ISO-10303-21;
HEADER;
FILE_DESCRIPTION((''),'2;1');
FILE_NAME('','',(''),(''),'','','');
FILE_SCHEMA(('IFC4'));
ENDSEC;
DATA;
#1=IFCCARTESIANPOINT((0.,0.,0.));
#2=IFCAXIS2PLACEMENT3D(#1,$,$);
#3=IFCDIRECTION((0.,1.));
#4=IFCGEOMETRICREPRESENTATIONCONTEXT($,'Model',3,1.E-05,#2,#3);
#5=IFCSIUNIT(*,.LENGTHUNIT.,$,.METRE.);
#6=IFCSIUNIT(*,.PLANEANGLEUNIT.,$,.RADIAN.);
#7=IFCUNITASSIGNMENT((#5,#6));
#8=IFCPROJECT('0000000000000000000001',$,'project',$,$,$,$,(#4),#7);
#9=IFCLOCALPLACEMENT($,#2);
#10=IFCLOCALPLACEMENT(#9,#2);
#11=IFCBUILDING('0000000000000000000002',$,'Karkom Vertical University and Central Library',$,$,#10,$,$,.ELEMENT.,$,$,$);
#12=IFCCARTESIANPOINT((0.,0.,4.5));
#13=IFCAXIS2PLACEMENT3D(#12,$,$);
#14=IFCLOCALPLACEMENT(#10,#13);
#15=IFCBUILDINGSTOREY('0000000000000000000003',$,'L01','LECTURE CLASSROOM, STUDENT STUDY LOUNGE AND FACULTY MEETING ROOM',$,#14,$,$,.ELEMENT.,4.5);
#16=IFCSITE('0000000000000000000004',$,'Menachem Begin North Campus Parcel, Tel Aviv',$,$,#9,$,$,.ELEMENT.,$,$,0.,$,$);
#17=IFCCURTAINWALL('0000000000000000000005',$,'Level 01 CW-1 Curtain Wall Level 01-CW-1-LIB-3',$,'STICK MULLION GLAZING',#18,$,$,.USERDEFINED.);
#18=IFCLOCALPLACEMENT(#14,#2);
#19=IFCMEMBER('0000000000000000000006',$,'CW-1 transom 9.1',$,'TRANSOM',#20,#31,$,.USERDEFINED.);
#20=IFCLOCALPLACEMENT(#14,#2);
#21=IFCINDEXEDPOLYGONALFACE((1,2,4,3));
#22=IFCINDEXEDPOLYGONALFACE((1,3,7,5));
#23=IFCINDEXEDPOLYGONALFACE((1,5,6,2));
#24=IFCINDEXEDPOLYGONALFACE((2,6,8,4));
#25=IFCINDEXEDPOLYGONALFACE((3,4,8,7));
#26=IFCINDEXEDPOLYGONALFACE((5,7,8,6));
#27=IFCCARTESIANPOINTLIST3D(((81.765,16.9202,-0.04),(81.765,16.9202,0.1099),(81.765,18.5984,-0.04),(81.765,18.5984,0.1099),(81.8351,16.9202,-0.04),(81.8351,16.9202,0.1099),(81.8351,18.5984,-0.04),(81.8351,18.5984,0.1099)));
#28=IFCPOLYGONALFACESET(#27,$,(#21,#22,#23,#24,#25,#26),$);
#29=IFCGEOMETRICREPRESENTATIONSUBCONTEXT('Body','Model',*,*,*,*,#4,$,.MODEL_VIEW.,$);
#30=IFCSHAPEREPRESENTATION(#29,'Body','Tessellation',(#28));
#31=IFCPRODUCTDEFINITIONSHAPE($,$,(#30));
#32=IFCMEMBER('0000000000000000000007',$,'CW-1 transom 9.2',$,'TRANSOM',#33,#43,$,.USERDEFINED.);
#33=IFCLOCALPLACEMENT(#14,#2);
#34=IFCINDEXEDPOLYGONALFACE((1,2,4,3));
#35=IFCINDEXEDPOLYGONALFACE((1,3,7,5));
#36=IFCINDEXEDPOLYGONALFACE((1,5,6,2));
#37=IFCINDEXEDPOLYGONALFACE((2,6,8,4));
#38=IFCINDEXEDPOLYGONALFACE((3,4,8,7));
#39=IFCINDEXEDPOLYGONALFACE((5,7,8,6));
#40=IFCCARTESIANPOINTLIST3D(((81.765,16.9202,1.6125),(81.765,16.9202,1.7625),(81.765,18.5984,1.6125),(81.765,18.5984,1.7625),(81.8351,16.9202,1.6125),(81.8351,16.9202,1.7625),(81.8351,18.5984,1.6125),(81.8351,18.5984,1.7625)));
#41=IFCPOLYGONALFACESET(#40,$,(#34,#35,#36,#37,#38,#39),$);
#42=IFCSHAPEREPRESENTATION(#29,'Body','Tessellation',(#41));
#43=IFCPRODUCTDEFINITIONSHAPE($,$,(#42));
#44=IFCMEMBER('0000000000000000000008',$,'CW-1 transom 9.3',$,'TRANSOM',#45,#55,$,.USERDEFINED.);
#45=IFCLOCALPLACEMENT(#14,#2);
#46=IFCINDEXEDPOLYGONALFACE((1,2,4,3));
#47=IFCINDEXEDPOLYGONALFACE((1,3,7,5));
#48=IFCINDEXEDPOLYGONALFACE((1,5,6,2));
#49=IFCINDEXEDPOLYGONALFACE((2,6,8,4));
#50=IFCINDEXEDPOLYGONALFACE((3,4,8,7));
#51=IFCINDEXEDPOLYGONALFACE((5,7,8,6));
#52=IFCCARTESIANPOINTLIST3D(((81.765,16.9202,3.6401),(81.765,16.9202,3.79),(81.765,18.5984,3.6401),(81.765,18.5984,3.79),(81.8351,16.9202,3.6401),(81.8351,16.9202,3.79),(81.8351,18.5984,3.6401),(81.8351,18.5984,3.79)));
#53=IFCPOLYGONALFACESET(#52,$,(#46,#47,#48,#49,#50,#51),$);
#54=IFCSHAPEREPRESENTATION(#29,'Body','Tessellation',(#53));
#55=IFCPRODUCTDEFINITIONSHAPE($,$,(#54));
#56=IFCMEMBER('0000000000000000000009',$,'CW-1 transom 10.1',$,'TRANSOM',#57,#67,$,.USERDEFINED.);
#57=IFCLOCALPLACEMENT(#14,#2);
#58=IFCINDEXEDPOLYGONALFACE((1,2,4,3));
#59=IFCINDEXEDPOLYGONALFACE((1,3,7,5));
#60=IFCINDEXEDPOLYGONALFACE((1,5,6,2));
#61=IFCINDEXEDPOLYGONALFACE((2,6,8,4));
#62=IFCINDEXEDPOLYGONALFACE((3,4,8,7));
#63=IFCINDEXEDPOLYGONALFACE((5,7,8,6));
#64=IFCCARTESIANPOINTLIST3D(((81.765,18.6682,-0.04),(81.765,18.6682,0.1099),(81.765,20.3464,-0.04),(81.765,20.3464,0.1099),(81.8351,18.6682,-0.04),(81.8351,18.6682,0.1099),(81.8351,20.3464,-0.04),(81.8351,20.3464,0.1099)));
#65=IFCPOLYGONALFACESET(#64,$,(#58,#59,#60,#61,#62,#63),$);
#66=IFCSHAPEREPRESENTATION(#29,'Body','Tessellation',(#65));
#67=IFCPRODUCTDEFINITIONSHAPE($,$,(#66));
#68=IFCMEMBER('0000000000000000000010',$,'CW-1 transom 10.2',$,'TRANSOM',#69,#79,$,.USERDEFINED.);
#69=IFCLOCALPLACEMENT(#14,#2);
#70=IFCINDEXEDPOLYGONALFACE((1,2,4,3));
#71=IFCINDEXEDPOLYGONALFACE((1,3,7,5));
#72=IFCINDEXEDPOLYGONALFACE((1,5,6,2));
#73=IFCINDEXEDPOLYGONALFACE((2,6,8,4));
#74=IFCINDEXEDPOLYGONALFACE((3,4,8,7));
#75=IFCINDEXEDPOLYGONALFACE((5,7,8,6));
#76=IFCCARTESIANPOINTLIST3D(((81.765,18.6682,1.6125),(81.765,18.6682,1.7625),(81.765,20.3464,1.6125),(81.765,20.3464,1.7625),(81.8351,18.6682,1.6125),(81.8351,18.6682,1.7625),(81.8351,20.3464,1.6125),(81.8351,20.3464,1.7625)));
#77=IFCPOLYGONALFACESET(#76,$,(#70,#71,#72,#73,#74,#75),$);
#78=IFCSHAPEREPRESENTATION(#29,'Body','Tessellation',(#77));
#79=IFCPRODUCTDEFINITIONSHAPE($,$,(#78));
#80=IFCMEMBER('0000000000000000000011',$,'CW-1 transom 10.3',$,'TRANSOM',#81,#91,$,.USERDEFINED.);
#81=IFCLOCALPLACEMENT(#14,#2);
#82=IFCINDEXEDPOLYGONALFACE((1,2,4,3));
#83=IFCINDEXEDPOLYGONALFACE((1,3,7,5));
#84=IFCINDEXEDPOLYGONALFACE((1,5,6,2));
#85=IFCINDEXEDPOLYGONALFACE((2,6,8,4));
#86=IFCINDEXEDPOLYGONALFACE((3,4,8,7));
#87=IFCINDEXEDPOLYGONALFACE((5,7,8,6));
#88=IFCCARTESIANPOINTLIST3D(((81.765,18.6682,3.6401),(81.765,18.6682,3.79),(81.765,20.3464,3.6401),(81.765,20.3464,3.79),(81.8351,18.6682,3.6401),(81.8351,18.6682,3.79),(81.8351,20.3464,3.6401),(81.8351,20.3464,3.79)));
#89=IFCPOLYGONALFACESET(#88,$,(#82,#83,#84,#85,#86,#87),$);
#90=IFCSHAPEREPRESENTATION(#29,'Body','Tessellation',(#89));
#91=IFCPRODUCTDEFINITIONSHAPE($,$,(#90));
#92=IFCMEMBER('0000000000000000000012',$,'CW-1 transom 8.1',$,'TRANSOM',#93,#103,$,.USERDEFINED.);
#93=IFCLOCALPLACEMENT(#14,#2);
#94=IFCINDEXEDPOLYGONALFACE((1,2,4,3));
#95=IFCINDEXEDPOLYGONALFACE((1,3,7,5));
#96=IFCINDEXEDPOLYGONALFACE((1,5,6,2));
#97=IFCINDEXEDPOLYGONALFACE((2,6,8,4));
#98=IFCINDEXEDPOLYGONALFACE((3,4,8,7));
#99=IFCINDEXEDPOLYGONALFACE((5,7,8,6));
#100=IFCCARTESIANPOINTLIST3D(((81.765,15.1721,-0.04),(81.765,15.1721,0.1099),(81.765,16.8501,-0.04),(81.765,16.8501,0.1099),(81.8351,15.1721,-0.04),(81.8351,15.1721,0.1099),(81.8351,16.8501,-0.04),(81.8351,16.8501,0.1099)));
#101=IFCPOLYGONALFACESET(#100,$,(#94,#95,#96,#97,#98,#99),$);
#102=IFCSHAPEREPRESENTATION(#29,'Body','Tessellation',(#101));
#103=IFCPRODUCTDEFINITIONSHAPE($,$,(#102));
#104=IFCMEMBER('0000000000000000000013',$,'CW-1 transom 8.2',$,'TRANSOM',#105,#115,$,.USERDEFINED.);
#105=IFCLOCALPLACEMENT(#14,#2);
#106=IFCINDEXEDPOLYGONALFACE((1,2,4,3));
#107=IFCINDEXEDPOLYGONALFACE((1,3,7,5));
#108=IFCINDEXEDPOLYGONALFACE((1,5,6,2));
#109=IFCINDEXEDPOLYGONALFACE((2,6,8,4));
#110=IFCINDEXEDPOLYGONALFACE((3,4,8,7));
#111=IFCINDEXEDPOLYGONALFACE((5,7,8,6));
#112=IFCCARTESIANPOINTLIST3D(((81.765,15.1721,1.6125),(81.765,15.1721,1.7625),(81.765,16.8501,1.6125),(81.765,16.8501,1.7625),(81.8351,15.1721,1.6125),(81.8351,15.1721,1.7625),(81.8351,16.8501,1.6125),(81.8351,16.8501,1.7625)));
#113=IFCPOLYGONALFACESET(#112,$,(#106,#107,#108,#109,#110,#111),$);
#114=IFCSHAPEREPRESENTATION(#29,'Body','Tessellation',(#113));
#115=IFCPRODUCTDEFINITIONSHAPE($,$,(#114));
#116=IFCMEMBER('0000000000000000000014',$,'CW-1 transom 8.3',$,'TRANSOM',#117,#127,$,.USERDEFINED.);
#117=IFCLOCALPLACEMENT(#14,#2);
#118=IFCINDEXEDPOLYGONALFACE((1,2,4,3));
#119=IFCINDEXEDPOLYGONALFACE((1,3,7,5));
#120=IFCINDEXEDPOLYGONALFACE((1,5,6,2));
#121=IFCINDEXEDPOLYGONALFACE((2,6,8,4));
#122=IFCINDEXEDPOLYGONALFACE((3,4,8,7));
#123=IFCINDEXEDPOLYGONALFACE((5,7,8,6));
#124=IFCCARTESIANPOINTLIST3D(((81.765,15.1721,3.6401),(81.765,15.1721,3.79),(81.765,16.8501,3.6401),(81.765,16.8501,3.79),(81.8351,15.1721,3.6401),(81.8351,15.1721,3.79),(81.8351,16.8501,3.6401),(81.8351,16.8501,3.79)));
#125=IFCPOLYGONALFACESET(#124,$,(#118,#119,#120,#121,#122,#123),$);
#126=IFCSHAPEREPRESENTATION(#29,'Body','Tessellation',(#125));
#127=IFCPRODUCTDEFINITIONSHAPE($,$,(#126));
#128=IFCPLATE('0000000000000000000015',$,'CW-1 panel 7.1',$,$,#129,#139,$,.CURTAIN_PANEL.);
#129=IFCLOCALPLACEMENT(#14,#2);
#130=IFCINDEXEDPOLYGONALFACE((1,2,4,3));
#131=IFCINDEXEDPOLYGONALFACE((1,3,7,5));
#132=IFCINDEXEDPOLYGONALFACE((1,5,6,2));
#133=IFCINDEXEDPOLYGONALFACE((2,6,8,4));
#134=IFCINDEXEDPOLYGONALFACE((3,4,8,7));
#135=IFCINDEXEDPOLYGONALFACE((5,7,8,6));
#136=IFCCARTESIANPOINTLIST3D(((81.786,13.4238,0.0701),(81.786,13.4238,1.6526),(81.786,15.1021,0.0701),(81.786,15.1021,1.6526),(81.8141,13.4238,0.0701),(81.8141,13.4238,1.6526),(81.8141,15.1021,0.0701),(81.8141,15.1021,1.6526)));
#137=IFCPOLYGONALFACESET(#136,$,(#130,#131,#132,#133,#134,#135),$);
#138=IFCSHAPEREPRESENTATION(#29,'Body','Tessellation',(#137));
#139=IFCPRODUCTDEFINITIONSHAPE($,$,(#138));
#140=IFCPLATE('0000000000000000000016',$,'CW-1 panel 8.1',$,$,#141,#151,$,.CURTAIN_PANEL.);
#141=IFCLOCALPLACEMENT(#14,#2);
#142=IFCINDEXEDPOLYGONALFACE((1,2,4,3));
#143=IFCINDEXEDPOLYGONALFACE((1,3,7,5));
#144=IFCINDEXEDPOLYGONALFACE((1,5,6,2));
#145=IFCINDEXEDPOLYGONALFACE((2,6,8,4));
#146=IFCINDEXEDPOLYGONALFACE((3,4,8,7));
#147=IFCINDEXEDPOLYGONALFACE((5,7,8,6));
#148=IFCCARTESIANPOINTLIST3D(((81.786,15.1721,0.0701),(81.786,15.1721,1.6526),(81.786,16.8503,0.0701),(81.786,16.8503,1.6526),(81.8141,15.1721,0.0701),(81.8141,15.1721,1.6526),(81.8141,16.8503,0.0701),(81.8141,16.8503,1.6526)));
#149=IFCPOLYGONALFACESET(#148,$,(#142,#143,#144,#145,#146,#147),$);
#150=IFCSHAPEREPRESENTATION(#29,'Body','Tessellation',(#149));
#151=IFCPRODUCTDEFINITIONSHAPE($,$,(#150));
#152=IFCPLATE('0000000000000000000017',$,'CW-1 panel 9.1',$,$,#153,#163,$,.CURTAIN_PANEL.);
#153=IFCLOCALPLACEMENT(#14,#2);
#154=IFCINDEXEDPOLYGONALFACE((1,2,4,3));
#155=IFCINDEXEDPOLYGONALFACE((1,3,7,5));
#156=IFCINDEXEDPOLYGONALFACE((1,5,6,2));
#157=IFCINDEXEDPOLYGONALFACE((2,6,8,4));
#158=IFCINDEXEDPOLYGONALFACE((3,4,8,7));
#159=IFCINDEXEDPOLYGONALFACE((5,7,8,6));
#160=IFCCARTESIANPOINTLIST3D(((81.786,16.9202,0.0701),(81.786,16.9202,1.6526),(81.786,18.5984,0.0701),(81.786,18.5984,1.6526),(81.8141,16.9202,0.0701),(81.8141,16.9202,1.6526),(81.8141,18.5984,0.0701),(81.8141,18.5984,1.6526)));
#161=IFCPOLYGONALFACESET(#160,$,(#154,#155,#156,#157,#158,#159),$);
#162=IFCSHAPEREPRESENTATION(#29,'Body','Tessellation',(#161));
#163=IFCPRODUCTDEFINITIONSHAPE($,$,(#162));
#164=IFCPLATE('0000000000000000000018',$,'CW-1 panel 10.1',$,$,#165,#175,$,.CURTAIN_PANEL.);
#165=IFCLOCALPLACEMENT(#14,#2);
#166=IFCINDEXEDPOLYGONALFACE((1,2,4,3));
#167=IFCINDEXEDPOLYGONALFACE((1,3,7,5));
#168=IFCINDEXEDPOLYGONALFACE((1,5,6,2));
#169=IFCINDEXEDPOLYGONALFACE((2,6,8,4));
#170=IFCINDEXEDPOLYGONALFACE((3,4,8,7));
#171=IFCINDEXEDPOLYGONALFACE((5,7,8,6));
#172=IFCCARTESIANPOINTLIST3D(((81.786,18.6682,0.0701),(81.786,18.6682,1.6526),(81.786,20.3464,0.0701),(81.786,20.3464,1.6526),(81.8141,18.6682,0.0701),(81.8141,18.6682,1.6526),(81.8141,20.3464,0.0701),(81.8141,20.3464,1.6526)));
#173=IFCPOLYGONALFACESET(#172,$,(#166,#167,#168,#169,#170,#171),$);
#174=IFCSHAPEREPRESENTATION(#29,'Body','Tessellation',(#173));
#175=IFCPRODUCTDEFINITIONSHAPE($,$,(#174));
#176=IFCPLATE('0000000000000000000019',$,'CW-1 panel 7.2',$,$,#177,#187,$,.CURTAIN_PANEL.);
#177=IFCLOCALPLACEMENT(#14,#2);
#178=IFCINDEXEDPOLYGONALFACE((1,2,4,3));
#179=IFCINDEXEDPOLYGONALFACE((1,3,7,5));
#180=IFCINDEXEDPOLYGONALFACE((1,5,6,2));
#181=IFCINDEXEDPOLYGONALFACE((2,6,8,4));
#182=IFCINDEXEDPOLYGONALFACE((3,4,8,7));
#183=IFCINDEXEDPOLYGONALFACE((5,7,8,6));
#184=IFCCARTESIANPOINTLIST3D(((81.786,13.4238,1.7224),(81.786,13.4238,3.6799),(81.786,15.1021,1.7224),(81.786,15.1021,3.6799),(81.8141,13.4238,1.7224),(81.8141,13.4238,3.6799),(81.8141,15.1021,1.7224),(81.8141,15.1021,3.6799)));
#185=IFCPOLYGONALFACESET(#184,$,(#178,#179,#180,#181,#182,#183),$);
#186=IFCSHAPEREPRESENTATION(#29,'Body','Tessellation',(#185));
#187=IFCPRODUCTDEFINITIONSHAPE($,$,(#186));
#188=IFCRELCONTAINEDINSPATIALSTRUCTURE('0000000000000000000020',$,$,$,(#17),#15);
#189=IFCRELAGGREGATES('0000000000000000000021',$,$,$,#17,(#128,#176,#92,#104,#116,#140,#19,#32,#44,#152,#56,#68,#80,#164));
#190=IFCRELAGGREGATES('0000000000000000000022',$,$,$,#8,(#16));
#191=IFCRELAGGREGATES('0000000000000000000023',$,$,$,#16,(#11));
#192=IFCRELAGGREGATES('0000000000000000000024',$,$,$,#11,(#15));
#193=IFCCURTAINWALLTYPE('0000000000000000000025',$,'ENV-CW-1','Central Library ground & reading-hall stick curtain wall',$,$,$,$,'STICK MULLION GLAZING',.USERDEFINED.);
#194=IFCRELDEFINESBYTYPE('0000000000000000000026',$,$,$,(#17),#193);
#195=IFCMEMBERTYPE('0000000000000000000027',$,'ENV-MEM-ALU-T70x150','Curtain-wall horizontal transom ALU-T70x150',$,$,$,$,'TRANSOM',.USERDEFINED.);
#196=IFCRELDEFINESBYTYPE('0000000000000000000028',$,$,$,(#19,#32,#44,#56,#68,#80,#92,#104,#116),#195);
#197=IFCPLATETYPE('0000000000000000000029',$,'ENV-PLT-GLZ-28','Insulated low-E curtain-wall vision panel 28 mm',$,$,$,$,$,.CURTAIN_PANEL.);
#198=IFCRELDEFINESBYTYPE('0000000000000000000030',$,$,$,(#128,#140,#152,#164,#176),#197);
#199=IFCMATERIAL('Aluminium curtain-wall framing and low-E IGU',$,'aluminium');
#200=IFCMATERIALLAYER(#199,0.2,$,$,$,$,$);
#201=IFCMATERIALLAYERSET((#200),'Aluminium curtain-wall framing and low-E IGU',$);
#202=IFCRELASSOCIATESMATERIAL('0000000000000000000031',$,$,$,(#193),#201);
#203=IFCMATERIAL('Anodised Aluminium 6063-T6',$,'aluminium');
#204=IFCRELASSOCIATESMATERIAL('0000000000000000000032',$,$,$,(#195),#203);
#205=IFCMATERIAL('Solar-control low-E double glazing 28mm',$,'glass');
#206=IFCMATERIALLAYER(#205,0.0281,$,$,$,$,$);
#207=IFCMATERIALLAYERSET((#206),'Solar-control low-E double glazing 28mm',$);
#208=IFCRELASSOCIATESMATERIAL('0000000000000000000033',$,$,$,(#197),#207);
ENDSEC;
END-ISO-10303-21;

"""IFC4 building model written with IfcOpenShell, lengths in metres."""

from ifc_helpers import new_model, si_unit, direction, frame, origin, origin_with_axes, origin_2d, place, context, subcontext, project, spatial, rectangle, extrude, source, transform, mapped, material, layer, layer_set, material_profile, profile_set, type_object, element, aggregate, save


model = new_model("IFC4")

# Units and contexts
model_context = context("Model", 3, precision=1e-05, world=origin(), true_north=direction((0.0, 1.0)))
body_context = subcontext(model_context, "Body", "Model", "MODEL_VIEW")
ifc_project = project(units=[si_unit("LENGTHUNIT", "METRE"), si_unit("PLANEANGLEUNIT", "RADIAN")], contexts=[model_context])

# Site, building, storey
site_placement = place(None, origin())
site = spatial("IfcSite", under=ifc_project, at=site_placement, Name="Menachem Begin North Campus Parcel, Tel Aviv", CompositionType="ELEMENT", RefElevation=0.0)
building_placement = place(site_placement, origin())
building = spatial("IfcBuilding", under=site, at=building_placement, Name="Karkom Vertical University and Central Library", CompositionType="ELEMENT")
storey_placement = place(building_placement, frame((0.0, 0.0, 4.5)))
storey = spatial("IfcBuildingStorey", under=building, at=storey_placement, Name="L01", Description="LECTURE CLASSROOM, STUDENT STUDY LOUNGE AND FACULTY MEETING ROOM", CompositionType="ELEMENT", Elevation=4.5)

# Curtain wall, members, plates
ifc_material_1 = material(Name="Aluminium curtain-wall framing and low-E IGU", Category="aluminium")
ifc_layer_1 = layer(ifc_material_1, 0.2)
ifc_layer_set_1 = layer_set([ifc_layer_1], Name="Aluminium curtain-wall framing and low-E IGU")
curtain_wall_type = type_object("IfcCurtainWallType", Name="ENV-CW-1", Description="Central Library ground & reading-hall stick curtain wall", ElementType="STICK MULLION GLAZING", PredefinedType="USERDEFINED", material=ifc_layer_set_1)
curtain_wall_placement = place(storey_placement, origin())
curtain_wall = element("IfcCurtainWall", 1, at=curtain_wall_placement, inside=storey, type_object=curtain_wall_type, Name="Level 01 CW-1 Curtain Wall Level 01-CW-1-LIB-3", ObjectType="STICK MULLION GLAZING", PredefinedType="USERDEFINED")
ifc_material_2 = material(Name="Anodised Aluminium 6063-T6", Category="aluminium")
ifc_material_profile_1 = material_profile(ifc_material_2, rectangle(XDim=0.0701, YDim=0.1499, at=origin_2d()), Name="ALU-T70x150")
ifc_profile_set_1 = profile_set([ifc_material_profile_1], Name="Anodised Aluminium 6063-T6")
member_type_1 = type_object("IfcMemberType", Name="ENV-MEM-ALU-T70x150", Description="Curtain-wall horizontal transom ALU-T70x150", ElementType="TRANSOM", PredefinedType="USERDEFINED", material=ifc_profile_set_1)
shared_shape_1 = source(origin_with_axes(), body_context, "Body", "SweptSolid", [
    extrude(rectangle(XDim=0.0701, YDim=0.1499, at=origin_2d()), origin(), (0.0, 0.0, 1.0), 1.6782),
])
member_1_placement = place(storey_placement, frame((81.8, 16.9202, 0.0349), z_axis=(0.0, 1.0, 0.0), x_axis=(-1.0, 0.0, 0.0)))
member_1 = element("IfcMember", 2, at=member_1_placement, type_object=member_type_1, Name="CW-1 transom 9.1", ObjectType="TRANSOM", PredefinedType="USERDEFINED", context=body_context, shape_type="MappedRepresentation", body=[
    mapped(shared_shape_1, transform((0.0, 0.0, 0.0), scale=1.0)),
])
member_2_placement = place(storey_placement, frame((81.8, 16.9202, 1.6875), z_axis=(0.0, 1.0, 0.0), x_axis=(-1.0, 0.0, 0.0)))
member_2 = element("IfcMember", 3, at=member_2_placement, type_object=member_type_1, Name="CW-1 transom 9.2", ObjectType="TRANSOM", PredefinedType="USERDEFINED", context=body_context, shape_type="MappedRepresentation", body=[
    mapped(shared_shape_1, transform((0.0, 0.0, 0.0), scale=1.0)),
])
member_3_placement = place(storey_placement, frame((81.8, 16.9202, 3.7151), z_axis=(0.0, 1.0, 0.0), x_axis=(-1.0, 0.0, 0.0)))
member_3 = element("IfcMember", 4, at=member_3_placement, type_object=member_type_1, Name="CW-1 transom 9.3", ObjectType="TRANSOM", PredefinedType="USERDEFINED", context=body_context, shape_type="MappedRepresentation", body=[
    mapped(shared_shape_1, transform((0.0, 0.0, 0.0), scale=1.0)),
])
member_4_placement = place(storey_placement, frame((81.8, 18.6682, 0.0349), z_axis=(0.0, 1.0, 0.0), x_axis=(-1.0, 0.0, 0.0)))
member_4 = element("IfcMember", 5, at=member_4_placement, type_object=member_type_1, Name="CW-1 transom 10.1", ObjectType="TRANSOM", PredefinedType="USERDEFINED", context=body_context, shape_type="MappedRepresentation", body=[
    mapped(shared_shape_1, transform((0.0, 0.0, 0.0), scale=1.0)),
])
member_5_placement = place(storey_placement, frame((81.8, 18.6682, 1.6875), z_axis=(0.0, 1.0, 0.0), x_axis=(-1.0, 0.0, 0.0)))
member_5 = element("IfcMember", 6, at=member_5_placement, type_object=member_type_1, Name="CW-1 transom 10.2", ObjectType="TRANSOM", PredefinedType="USERDEFINED", context=body_context, shape_type="MappedRepresentation", body=[
    mapped(shared_shape_1, transform((0.0, 0.0, 0.0), scale=1.0)),
])
member_6_placement = place(storey_placement, frame((81.8, 18.6682, 3.7151), z_axis=(0.0, 1.0, 0.0), x_axis=(-1.0, 0.0, 0.0)))
member_6 = element("IfcMember", 7, at=member_6_placement, type_object=member_type_1, Name="CW-1 transom 10.3", ObjectType="TRANSOM", PredefinedType="USERDEFINED", context=body_context, shape_type="MappedRepresentation", body=[
    mapped(shared_shape_1, transform((0.0, 0.0, 0.0), scale=1.0)),
])
shared_shape_2 = source(origin_with_axes(), body_context, "Body", "SweptSolid", [
    extrude(rectangle(XDim=0.0701, YDim=0.1499, at=origin_2d()), origin(), (0.0, 0.0, 1.0), 1.678),
])
member_7_placement = place(storey_placement, frame((81.8, 15.1721, 0.0349), z_axis=(0.0, 1.0, 0.0), x_axis=(-1.0, 0.0, 0.0)))
member_7 = element("IfcMember", 8, at=member_7_placement, type_object=member_type_1, Name="CW-1 transom 8.1", ObjectType="TRANSOM", PredefinedType="USERDEFINED", context=body_context, shape_type="MappedRepresentation", body=[
    mapped(shared_shape_2, transform((0.0, 0.0, 0.0), scale=1.0)),
])
member_8_placement = place(storey_placement, frame((81.8, 15.1721, 1.6875), z_axis=(0.0, 1.0, 0.0), x_axis=(-1.0, 0.0, 0.0)))
member_8 = element("IfcMember", 9, at=member_8_placement, type_object=member_type_1, Name="CW-1 transom 8.2", ObjectType="TRANSOM", PredefinedType="USERDEFINED", context=body_context, shape_type="MappedRepresentation", body=[
    mapped(shared_shape_2, transform((0.0, 0.0, 0.0), scale=1.0)),
])
member_9_placement = place(storey_placement, frame((81.8, 15.1721, 3.7151), z_axis=(0.0, 1.0, 0.0), x_axis=(-1.0, 0.0, 0.0)))
member_9 = element("IfcMember", 10, at=member_9_placement, type_object=member_type_1, Name="CW-1 transom 8.3", ObjectType="TRANSOM", PredefinedType="USERDEFINED", context=body_context, shape_type="MappedRepresentation", body=[
    mapped(shared_shape_2, transform((0.0, 0.0, 0.0), scale=1.0)),
])
ifc_material_3 = material(Name="Solar-control low-E double glazing 28mm", Category="glass")
ifc_layer_2 = layer(ifc_material_3, 0.0281)
ifc_layer_set_2 = layer_set([ifc_layer_2], Name="Solar-control low-E double glazing 28mm")
plate_type = type_object("IfcPlateType", Name="ENV-PLT-GLZ-28", Description="Insulated low-E curtain-wall vision panel 28 mm", PredefinedType="CURTAIN_PANEL", material=ifc_layer_set_2)
shared_shape_3 = source(origin_with_axes(), body_context, "Body", "SweptSolid", [
    extrude(rectangle(XDim=1.6782, YDim=0.0281, at=origin_2d()), origin(), (0.0, 0.0, 1.0), 1.5825),
])
plate_1_placement = place(storey_placement, frame((81.8, 14.2629, 0.0701), z_axis=(0.0, 0.0, 1.0), x_axis=(0.0, 1.0, 0.0)))
plate_1 = element("IfcPlate", 11, at=plate_1_placement, type_object=plate_type, Name="CW-1 panel 7.1", PredefinedType="CURTAIN_PANEL", context=body_context, shape_type="MappedRepresentation", body=[
    mapped(shared_shape_3, transform((0.0, 0.0, 0.0), scale=1.0)),
])
plate_2_placement = place(storey_placement, frame((81.8, 16.0112, 0.0701), z_axis=(0.0, 0.0, 1.0), x_axis=(0.0, 1.0, 0.0)))
plate_2 = element("IfcPlate", 12, at=plate_2_placement, type_object=plate_type, Name="CW-1 panel 8.1", PredefinedType="CURTAIN_PANEL", context=body_context, shape_type="MappedRepresentation", body=[
    mapped(shared_shape_3, transform((0.0, 0.0, 0.0), scale=1.0)),
])
plate_3_placement = place(storey_placement, frame((81.8, 17.7593, 0.0701), z_axis=(0.0, 0.0, 1.0), x_axis=(0.0, 1.0, 0.0)))
plate_3 = element("IfcPlate", 13, at=plate_3_placement, type_object=plate_type, Name="CW-1 panel 9.1", PredefinedType="CURTAIN_PANEL", context=body_context, shape_type="MappedRepresentation", body=[
    mapped(shared_shape_3, transform((0.0, 0.0, 0.0), scale=1.0)),
])
plate_4_placement = place(storey_placement, frame((81.8, 19.5073, 0.0701), z_axis=(0.0, 0.0, 1.0), x_axis=(0.0, 1.0, 0.0)))
plate_4 = element("IfcPlate", 14, at=plate_4_placement, type_object=plate_type, Name="CW-1 panel 10.1", PredefinedType="CURTAIN_PANEL", context=body_context, shape_type="MappedRepresentation", body=[
    mapped(shared_shape_3, transform((0.0, 0.0, 0.0), scale=1.0)),
])
shared_shape_4 = source(origin_with_axes(), body_context, "Body", "SweptSolid", [
    extrude(rectangle(XDim=1.6782, YDim=0.0281, at=origin_2d()), origin(), (0.0, 0.0, 1.0), 1.9575),
])
plate_5_placement = place(storey_placement, frame((81.8, 14.2629, 1.7224), z_axis=(0.0, 0.0, 1.0), x_axis=(0.0, 1.0, 0.0)))
plate_5 = element("IfcPlate", 15, at=plate_5_placement, type_object=plate_type, Name="CW-1 panel 7.2", PredefinedType="CURTAIN_PANEL", context=body_context, shape_type="MappedRepresentation", body=[
    mapped(shared_shape_4, transform((0.0, 0.0, 0.0), scale=1.0)),
])
aggregate(curtain_wall, [plate_1, plate_5, member_7, member_8, member_9, plate_2, member_1, member_2, member_3, plate_3, member_4, member_5, member_6, plate_4])

save(model, "model.ifc")
